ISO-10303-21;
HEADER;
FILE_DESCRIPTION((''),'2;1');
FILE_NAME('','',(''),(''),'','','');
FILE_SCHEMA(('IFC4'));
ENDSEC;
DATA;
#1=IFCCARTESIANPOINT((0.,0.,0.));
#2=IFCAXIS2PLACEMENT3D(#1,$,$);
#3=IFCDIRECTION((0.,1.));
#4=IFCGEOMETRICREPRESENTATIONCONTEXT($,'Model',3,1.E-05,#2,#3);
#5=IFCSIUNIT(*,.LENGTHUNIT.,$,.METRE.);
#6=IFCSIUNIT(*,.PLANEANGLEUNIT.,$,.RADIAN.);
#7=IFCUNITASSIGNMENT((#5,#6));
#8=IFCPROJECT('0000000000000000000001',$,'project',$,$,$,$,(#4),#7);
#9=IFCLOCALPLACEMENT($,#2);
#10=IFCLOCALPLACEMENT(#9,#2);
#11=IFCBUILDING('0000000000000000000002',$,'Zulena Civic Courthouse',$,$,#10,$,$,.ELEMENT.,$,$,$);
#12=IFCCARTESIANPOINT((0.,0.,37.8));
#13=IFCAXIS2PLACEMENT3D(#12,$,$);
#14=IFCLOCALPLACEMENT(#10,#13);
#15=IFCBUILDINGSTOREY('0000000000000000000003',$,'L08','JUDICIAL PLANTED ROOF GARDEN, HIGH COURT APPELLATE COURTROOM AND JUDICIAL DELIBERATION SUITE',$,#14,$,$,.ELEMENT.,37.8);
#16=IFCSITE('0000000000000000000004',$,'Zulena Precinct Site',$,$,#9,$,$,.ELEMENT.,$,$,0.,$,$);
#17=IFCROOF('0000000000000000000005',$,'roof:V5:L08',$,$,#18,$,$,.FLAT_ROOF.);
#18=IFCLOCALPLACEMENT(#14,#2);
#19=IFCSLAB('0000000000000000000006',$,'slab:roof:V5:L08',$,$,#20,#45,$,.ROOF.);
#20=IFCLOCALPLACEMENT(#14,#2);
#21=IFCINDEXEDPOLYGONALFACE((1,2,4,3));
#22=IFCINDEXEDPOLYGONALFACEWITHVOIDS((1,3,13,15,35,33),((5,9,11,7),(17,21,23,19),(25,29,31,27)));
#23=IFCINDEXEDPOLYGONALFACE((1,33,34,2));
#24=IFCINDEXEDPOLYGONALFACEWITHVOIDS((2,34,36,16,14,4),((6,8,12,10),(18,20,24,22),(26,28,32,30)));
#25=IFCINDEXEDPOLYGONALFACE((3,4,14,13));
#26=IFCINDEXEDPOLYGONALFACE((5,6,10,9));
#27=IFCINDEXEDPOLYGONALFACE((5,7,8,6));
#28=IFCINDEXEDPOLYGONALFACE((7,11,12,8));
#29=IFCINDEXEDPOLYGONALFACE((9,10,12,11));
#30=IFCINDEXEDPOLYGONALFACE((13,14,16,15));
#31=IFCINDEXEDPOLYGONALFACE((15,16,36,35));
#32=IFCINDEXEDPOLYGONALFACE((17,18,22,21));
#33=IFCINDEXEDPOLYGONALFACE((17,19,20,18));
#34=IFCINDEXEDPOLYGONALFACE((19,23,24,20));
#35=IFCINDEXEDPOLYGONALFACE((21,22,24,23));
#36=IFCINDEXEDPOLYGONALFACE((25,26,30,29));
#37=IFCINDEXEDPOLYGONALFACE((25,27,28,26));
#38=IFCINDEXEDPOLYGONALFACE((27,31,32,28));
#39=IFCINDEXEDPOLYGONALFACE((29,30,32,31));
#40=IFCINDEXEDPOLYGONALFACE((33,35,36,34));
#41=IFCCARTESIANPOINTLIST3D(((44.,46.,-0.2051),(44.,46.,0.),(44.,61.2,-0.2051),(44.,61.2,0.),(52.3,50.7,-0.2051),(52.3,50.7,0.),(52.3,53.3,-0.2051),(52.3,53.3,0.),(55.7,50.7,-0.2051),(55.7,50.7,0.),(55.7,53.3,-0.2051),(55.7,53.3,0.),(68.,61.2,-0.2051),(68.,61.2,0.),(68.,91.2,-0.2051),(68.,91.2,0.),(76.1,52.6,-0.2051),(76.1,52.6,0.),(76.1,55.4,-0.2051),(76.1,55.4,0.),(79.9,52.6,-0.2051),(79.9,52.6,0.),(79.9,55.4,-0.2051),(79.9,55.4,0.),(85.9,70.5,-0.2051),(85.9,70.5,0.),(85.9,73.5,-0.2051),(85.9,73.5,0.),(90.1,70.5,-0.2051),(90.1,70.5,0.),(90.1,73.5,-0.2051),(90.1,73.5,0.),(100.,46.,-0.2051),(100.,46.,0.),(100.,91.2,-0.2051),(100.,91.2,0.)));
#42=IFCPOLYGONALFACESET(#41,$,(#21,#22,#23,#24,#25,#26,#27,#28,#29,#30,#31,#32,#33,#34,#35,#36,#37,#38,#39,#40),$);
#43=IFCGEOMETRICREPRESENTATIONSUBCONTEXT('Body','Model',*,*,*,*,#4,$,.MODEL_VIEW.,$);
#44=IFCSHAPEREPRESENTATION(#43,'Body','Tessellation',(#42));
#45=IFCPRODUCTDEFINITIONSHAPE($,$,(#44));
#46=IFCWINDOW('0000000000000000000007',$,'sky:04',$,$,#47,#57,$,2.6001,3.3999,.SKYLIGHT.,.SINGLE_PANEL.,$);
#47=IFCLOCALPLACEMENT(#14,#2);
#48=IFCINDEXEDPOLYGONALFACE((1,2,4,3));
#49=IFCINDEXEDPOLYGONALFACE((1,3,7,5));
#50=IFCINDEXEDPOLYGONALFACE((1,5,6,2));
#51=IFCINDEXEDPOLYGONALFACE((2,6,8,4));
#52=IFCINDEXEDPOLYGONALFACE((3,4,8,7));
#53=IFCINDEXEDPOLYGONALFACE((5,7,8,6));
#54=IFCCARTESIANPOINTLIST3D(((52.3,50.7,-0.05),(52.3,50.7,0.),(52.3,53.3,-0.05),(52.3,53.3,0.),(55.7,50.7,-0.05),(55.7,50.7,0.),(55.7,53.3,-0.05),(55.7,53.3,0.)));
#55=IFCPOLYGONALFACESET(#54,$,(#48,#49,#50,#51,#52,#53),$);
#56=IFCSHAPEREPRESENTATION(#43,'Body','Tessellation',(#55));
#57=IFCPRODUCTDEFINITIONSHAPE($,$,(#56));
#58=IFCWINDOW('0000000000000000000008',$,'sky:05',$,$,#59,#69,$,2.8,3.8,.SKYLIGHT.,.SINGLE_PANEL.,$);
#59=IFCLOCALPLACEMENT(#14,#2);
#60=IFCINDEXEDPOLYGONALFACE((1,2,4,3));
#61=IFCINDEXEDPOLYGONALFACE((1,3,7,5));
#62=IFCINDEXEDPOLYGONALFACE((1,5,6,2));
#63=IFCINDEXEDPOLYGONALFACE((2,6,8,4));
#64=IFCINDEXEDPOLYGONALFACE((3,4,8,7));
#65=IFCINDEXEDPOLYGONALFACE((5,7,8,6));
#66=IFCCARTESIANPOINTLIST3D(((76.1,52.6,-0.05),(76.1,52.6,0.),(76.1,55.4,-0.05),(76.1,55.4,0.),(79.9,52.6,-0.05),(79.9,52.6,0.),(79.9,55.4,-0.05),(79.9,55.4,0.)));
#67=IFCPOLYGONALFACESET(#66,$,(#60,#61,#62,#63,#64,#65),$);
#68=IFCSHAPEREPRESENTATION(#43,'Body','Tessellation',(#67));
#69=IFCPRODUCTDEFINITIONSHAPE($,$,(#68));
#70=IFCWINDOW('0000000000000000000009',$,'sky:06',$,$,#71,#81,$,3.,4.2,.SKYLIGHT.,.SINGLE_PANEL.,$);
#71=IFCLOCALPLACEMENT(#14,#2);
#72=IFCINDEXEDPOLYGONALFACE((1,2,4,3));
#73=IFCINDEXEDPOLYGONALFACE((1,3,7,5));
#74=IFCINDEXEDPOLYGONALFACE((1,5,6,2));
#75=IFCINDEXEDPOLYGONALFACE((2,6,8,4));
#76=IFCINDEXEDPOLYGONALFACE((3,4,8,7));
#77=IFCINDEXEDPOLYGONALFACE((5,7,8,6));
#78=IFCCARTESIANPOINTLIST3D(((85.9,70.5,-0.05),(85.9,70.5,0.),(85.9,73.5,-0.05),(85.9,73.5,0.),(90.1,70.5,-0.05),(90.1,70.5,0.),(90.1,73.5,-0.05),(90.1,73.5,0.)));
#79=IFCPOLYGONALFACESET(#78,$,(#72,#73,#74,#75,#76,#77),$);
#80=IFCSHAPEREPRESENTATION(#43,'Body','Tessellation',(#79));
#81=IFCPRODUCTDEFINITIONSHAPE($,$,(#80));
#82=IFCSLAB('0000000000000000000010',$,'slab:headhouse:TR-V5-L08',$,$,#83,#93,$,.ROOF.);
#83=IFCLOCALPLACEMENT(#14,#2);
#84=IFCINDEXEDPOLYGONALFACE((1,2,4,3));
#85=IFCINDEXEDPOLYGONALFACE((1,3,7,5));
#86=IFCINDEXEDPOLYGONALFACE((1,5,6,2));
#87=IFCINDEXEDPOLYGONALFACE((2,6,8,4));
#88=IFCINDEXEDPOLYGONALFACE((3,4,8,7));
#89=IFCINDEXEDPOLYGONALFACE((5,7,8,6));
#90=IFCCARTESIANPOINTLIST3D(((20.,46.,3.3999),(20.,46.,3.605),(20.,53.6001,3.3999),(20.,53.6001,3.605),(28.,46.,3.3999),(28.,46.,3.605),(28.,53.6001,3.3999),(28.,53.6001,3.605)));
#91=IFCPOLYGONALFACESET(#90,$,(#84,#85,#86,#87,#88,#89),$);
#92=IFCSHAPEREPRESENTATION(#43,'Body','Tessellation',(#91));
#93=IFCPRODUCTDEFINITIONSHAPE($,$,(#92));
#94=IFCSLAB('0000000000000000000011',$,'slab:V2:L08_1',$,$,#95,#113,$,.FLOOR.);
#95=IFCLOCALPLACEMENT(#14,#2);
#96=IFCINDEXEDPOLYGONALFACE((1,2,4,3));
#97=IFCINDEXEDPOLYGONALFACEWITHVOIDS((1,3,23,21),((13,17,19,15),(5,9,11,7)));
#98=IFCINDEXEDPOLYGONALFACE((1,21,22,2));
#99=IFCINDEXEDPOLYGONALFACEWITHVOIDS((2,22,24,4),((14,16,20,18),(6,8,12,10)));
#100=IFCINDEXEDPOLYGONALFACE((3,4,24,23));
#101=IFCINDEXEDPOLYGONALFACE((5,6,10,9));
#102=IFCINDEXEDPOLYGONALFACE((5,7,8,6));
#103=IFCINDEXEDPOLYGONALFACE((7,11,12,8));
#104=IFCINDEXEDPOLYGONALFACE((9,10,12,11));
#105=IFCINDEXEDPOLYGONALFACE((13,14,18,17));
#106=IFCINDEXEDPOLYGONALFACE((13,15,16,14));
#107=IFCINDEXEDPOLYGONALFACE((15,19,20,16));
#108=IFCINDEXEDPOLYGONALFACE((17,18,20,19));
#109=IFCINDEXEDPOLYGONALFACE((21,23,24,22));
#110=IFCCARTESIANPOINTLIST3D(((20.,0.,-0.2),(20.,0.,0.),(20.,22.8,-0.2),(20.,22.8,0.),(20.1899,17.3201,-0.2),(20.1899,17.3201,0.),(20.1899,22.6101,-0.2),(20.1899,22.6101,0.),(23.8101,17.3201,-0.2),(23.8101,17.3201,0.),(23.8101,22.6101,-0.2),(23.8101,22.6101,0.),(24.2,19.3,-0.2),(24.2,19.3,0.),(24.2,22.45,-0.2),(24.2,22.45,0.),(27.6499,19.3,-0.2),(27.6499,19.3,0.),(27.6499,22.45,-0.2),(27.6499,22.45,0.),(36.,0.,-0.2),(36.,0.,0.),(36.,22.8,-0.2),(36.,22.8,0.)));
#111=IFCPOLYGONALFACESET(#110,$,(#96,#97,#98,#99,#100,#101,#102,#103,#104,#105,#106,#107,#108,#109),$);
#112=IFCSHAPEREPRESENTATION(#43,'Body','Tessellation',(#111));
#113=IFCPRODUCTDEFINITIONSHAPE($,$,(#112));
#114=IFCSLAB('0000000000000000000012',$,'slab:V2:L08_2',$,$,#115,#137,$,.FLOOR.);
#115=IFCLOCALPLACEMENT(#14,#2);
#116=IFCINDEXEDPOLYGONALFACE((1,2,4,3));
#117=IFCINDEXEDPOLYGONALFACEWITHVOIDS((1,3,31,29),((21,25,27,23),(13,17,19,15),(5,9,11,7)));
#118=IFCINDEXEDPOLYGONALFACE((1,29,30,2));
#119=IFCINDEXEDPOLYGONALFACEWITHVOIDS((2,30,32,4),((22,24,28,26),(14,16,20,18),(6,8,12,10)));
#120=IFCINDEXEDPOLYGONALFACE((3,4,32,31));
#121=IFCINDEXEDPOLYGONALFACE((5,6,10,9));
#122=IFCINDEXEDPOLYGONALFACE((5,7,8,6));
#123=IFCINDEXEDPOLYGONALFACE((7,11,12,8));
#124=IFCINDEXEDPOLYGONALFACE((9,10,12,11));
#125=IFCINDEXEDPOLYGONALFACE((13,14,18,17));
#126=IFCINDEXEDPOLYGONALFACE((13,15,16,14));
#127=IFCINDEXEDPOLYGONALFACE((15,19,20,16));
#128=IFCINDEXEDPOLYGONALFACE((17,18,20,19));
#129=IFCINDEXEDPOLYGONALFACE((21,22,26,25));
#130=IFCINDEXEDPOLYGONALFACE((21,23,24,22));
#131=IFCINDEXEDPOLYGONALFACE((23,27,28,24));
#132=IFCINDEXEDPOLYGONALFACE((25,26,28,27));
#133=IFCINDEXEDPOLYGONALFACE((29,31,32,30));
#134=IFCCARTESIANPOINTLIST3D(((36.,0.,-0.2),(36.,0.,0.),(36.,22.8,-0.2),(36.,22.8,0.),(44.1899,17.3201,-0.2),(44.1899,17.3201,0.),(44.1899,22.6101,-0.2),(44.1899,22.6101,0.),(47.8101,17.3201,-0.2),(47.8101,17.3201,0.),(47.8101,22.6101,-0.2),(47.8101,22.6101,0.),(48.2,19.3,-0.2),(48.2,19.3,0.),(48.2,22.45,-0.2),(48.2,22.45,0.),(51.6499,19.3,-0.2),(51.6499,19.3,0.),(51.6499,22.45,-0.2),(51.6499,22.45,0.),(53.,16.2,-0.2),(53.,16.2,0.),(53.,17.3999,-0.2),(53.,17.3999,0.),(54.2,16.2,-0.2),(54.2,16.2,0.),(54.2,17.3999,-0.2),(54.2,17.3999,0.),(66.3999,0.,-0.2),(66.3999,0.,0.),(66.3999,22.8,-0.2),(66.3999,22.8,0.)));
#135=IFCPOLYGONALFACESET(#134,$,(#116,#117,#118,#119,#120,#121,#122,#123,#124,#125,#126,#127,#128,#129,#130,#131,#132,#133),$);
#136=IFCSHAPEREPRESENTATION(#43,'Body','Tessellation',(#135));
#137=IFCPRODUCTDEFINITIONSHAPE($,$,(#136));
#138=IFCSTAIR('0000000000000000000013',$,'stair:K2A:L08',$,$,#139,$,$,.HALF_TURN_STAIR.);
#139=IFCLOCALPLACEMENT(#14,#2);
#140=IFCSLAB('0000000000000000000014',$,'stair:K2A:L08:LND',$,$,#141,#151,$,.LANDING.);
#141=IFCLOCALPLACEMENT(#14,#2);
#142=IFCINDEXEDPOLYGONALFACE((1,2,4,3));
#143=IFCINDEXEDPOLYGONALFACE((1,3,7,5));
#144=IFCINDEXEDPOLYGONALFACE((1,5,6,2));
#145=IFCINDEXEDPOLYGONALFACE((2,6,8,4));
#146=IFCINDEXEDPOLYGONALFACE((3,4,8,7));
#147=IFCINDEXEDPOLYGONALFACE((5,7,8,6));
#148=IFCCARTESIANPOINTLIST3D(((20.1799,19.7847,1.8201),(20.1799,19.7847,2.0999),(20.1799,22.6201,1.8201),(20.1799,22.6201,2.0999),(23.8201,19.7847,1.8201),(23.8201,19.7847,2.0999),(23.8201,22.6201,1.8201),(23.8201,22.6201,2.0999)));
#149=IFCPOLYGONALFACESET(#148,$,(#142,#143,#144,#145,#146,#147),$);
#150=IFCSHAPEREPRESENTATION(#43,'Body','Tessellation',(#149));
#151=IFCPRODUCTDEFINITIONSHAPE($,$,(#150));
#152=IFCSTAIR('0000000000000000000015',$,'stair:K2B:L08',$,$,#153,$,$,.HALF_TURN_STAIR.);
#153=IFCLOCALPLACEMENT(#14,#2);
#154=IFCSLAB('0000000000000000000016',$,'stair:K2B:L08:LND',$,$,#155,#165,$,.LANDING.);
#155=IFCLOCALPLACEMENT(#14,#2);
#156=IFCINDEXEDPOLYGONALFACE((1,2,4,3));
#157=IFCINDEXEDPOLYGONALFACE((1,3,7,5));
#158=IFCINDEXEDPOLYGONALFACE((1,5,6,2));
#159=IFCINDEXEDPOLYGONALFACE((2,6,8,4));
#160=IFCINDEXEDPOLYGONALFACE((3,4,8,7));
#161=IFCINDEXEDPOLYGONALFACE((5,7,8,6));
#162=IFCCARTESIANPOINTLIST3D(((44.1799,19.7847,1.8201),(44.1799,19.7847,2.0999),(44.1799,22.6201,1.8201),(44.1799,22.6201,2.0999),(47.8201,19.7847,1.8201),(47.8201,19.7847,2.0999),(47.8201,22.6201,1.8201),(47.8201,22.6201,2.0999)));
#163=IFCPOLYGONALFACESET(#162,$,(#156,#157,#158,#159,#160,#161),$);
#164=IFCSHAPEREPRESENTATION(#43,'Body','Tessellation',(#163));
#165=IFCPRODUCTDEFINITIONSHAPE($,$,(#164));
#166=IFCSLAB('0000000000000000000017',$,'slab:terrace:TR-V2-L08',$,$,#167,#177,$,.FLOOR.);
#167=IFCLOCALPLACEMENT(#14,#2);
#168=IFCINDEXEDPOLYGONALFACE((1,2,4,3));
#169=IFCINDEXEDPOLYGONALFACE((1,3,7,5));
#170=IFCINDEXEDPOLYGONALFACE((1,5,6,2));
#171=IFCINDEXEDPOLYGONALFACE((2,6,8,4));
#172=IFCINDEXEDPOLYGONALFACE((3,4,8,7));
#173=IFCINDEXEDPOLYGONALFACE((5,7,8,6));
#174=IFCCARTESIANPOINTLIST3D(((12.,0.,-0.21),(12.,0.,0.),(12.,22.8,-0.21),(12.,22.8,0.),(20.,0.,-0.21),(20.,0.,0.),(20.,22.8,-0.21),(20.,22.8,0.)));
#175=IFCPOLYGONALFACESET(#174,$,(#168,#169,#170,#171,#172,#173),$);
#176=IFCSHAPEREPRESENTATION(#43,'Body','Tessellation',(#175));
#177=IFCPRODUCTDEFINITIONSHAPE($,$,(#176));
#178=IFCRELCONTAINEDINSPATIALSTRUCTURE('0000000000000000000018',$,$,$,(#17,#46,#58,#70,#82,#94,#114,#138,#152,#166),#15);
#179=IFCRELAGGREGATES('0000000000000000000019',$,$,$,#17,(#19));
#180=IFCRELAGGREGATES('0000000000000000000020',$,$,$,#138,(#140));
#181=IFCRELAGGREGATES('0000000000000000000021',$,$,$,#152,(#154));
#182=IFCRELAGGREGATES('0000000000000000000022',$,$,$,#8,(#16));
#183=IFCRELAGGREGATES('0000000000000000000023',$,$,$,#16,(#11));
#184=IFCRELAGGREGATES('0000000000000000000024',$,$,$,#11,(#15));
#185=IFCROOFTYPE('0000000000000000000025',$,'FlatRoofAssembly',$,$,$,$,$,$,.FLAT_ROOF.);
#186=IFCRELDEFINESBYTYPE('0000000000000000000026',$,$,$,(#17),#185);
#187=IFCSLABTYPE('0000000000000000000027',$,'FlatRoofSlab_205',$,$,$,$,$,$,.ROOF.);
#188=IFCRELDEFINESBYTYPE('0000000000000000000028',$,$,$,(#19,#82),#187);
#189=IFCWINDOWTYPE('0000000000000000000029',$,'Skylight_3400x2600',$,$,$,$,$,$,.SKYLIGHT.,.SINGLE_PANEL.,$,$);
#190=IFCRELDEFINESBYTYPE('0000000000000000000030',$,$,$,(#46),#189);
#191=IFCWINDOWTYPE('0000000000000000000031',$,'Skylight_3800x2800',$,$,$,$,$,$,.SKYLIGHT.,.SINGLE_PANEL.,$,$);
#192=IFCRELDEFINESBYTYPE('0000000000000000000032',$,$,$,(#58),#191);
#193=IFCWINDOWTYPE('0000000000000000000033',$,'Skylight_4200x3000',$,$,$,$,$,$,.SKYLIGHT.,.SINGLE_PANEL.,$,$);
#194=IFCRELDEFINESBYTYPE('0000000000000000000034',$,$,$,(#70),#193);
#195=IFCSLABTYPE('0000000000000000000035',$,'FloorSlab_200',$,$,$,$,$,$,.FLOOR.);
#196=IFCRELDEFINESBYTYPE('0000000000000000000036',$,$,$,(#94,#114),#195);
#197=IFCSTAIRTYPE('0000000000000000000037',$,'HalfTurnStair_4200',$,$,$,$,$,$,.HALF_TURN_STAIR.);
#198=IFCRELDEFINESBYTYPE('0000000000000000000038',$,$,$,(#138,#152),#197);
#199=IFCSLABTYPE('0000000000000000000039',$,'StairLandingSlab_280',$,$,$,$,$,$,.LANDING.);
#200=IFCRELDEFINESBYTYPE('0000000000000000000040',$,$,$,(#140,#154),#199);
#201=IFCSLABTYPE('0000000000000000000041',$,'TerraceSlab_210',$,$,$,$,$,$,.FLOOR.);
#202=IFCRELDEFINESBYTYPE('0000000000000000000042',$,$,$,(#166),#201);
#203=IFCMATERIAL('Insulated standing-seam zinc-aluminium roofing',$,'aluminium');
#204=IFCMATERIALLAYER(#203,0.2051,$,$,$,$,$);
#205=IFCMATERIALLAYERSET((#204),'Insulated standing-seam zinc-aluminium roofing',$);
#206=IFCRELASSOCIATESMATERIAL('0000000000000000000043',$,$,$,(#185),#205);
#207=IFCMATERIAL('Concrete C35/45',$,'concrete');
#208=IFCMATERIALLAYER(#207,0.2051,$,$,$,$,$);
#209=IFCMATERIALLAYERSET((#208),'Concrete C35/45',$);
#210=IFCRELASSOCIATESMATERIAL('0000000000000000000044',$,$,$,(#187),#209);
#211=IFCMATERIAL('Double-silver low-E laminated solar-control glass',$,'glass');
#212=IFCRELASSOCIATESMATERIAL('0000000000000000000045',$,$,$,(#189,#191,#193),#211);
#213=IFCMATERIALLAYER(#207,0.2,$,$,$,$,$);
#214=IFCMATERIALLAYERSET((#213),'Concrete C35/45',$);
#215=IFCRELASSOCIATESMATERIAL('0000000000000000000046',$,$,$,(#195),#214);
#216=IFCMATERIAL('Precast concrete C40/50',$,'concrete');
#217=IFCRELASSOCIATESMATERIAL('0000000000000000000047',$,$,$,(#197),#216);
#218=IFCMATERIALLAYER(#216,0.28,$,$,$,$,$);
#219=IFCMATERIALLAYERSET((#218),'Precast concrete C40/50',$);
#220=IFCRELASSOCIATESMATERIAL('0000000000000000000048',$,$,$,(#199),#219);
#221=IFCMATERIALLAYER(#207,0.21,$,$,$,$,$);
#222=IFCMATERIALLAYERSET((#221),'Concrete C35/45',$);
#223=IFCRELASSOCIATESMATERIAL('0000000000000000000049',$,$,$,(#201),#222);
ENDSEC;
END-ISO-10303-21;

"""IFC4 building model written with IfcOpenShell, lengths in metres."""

from ifc_helpers import new_model, si_unit, direction, frame, origin, origin_2d, place, context, subcontext, project, spatial, polyline, rectangle, outline, extrude, material, layer, layer_set, type_object, element, fill, aggregate, save


model = new_model("IFC4")

# Units and contexts
model_context = context("Model", 3, precision=1e-05, world=origin(), true_north=direction((0.0, 1.0)))
body_context = subcontext(model_context, "Body", "Model", "MODEL_VIEW")
ifc_project = project(units=[si_unit("LENGTHUNIT", "METRE"), si_unit("PLANEANGLEUNIT", "RADIAN")], contexts=[model_context])

# Site, building, storey
site_placement = place(None, origin())
site = spatial("IfcSite", under=ifc_project, at=site_placement, Name="Zulena Precinct Site", CompositionType="ELEMENT", RefElevation=0.0)
building_placement = place(site_placement, origin())
building = spatial("IfcBuilding", under=site, at=building_placement, Name="Zulena Civic Courthouse", CompositionType="ELEMENT")
storey_placement = place(building_placement, frame((0.0, 0.0, 37.8)))
storey = spatial("IfcBuildingStorey", under=building, at=storey_placement, Name="L08", Description="JUDICIAL PLANTED ROOF GARDEN, HIGH COURT APPELLATE COURTROOM AND JUDICIAL DELIBERATION SUITE", CompositionType="ELEMENT", Elevation=37.8)

# Shared definitions
ifc_material_1 = material(Name="Double-silver low-E laminated solar-control glass", Category="glass")

# Roof, slab, openings, windows
ifc_material_2 = material(Name="Insulated standing-seam zinc-aluminium roofing", Category="aluminium")
ifc_layer_1 = layer(ifc_material_2, 0.2051)
ifc_layer_set_1 = layer_set([ifc_layer_1], Name="Insulated standing-seam zinc-aluminium roofing")
roof_type = type_object("IfcRoofType", Name="FlatRoofAssembly", PredefinedType="FLAT_ROOF", material=ifc_layer_set_1)
roof_placement = place(storey_placement, origin())
roof = element("IfcRoof", 1, at=roof_placement, inside=storey, type_object=roof_type, Name="roof:V5:L08", PredefinedType="FLAT_ROOF")
ifc_material_3 = material(Name="Concrete C35/45", Category="concrete")
ifc_layer_2 = layer(ifc_material_3, 0.2051)
ifc_layer_set_2 = layer_set([ifc_layer_2], Name="Concrete C35/45")
slab_type_1 = type_object("IfcSlabType", Name="FlatRoofSlab_205", PredefinedType="ROOF", material=ifc_layer_set_2)
slab_1_placement = place(storey_placement, frame((0.0, 0.0, -0.2051)))
slab_1 = element("IfcSlab", 2, at=slab_1_placement, type_object=slab_type_1, Name="slab:roof:V5:L08", PredefinedType="ROOF", context=body_context, shape_type="SweptSolid", body=[
    extrude(outline(polyline([(44.0, 46.0), (100.0, 46.0), (100.0, 91.2), (68.0, 91.2), (68.0, 61.2), (44.0, 61.2), (44.0, 46.0)])), origin(), (0.0, 0.0, 1.0), 0.2051),
])
opening_1_placement = place(slab_1_placement, frame((54.0, 52.0, 0.0)))
opening_1 = element("IfcOpeningElement", 3, at=opening_1_placement, cuts=slab_1, PredefinedType="OPENING", context=body_context, shape_type="SweptSolid", body=[
    extrude(rectangle(XDim=3.3999, YDim=2.6001, at=origin_2d()), origin(), (0.0, 0.0, 1.0), 0.2051),
])
opening_2_placement = place(slab_1_placement, frame((78.0, 54.0, 0.0)))
opening_2 = element("IfcOpeningElement", 4, at=opening_2_placement, cuts=slab_1, PredefinedType="OPENING", context=body_context, shape_type="SweptSolid", body=[
    extrude(rectangle(XDim=3.8, YDim=2.8, at=origin_2d()), origin(), (0.0, 0.0, 1.0), 0.2051),
])
opening_3_placement = place(slab_1_placement, frame((88.0, 72.0, 0.0)))
opening_3 = element("IfcOpeningElement", 5, at=opening_3_placement, cuts=slab_1, PredefinedType="OPENING", context=body_context, shape_type="SweptSolid", body=[
    extrude(rectangle(XDim=4.2, YDim=3.0, at=origin_2d()), origin(), (0.0, 0.0, 1.0), 0.2051),
])
window_type_1 = type_object("IfcWindowType", Name="Skylight_3400x2600", PartitioningType="SINGLE_PANEL", PredefinedType="SKYLIGHT", material=ifc_material_1)
window_1_placement = place(opening_1_placement, frame((0.0, 0.0, 0.155)))
window_1 = element("IfcWindow", 6, at=window_1_placement, inside=storey, type_object=window_type_1, Name="sky:04", OverallHeight=2.6001, OverallWidth=3.3999, PartitioningType="SINGLE_PANEL", PredefinedType="SKYLIGHT", context=body_context, shape_type="SweptSolid", body=[
    extrude(rectangle(XDim=3.3999, YDim=2.6001, at=origin_2d()), origin(), (0.0, 0.0, 1.0), 0.05),
])
fill(opening_1, window_1)
window_type_2 = type_object("IfcWindowType", Name="Skylight_3800x2800", PartitioningType="SINGLE_PANEL", PredefinedType="SKYLIGHT", material=ifc_material_1)
window_2_placement = place(opening_2_placement, frame((0.0, 0.0, 0.155)))
window_2 = element("IfcWindow", 7, at=window_2_placement, inside=storey, type_object=window_type_2, Name="sky:05", OverallHeight=2.8, OverallWidth=3.8, PartitioningType="SINGLE_PANEL", PredefinedType="SKYLIGHT", context=body_context, shape_type="SweptSolid", body=[
    extrude(rectangle(XDim=3.8, YDim=2.8, at=origin_2d()), origin(), (0.0, 0.0, 1.0), 0.05),
])
fill(opening_2, window_2)
window_type_3 = type_object("IfcWindowType", Name="Skylight_4200x3000", PartitioningType="SINGLE_PANEL", PredefinedType="SKYLIGHT", material=ifc_material_1)
window_3_placement = place(opening_3_placement, frame((0.0, 0.0, 0.155)))
window_3 = element("IfcWindow", 8, at=window_3_placement, inside=storey, type_object=window_type_3, Name="sky:06", OverallHeight=3.0, OverallWidth=4.2, PartitioningType="SINGLE_PANEL", PredefinedType="SKYLIGHT", context=body_context, shape_type="SweptSolid", body=[
    extrude(rectangle(XDim=4.2, YDim=3.0, at=origin_2d()), origin(), (0.0, 0.0, 1.0), 0.05),
])
fill(opening_3, window_3)
aggregate(roof, [slab_1])

# Slabs
slab_2_placement = place(storey_placement, frame((0.0, 0.0, 3.3999)))
element("IfcSlab", 9, at=slab_2_placement, inside=storey, type_object=slab_type_1, Name="slab:headhouse:TR-V5-L08", PredefinedType="ROOF", context=body_context, shape_type="SweptSolid", body=[
    extrude(outline(polyline([(20.0, 46.0), (28.0, 46.0), (28.0, 53.6001), (20.0, 53.6001), (20.0, 46.0)])), origin(), (0.0, 0.0, 1.0), 0.2051),
])
ifc_layer_3 = layer(ifc_material_3, 0.2)
ifc_layer_set_3 = layer_set([ifc_layer_3], Name="Concrete C35/45")
slab_type_2 = type_object("IfcSlabType", Name="FloorSlab_200", PredefinedType="FLOOR", material=ifc_layer_set_3)
slab_3_placement = place(storey_placement, frame((0.0, 0.0, -0.2)))
element("IfcSlab", 10, at=slab_3_placement, inside=storey, type_object=slab_type_2, Name="slab:V2:L08_1", PredefinedType="FLOOR", context=body_context, shape_type="SweptSolid", body=[
    extrude(outline(polyline([(36.0, 22.8), (36.0, 0.0), (20.0, 0.0), (20.0, 22.8), (36.0, 22.8)]), holes=[polyline([(23.8101, 22.6101), (20.1899, 22.6101), (20.1899, 17.3201), (23.8101, 17.3201), (23.8101, 22.6101)]), polyline([(27.6499, 19.3), (27.6499, 22.45), (24.2, 22.45), (24.2, 19.3), (27.6499, 19.3)])]), origin(), (0.0, 0.0, 1.0), 0.2),
])
slab_4_placement = place(storey_placement, frame((0.0, 0.0, -0.2)))
element("IfcSlab", 11, at=slab_4_placement, inside=storey, type_object=slab_type_2, Name="slab:V2:L08_2", PredefinedType="FLOOR", context=body_context, shape_type="SweptSolid", body=[
    extrude(outline(polyline([(66.3999, 22.8), (66.3999, 0.0), (36.0, 0.0), (36.0, 22.8), (66.3999, 22.8)]), holes=[polyline([(44.1899, 17.3201), (47.8101, 17.3201), (47.8101, 22.6101), (44.1899, 22.6101), (44.1899, 17.3201)]), polyline([(48.2, 22.45), (48.2, 19.3), (51.6499, 19.3), (51.6499, 22.45), (48.2, 22.45)]), polyline([(54.2, 17.3999), (53.0, 17.3999), (53.0, 16.2), (54.2, 16.2), (54.2, 17.3999)])]), origin(), (0.0, 0.0, 1.0), 0.2),
])

# Stairs, slabs
ifc_material_4 = material(Name="Precast concrete C40/50", Category="concrete")
stair_type = type_object("IfcStairType", Name="HalfTurnStair_4200", PredefinedType="HALF_TURN_STAIR", material=ifc_material_4)
stair_1_placement = place(storey_placement, origin())
stair_1 = element("IfcStair", 12, at=stair_1_placement, inside=storey, type_object=stair_type, Name="stair:K2A:L08", PredefinedType="HALF_TURN_STAIR")
ifc_layer_4 = layer(ifc_material_4, 0.28)
ifc_layer_set_4 = layer_set([ifc_layer_4], Name="Precast concrete C40/50")
slab_type_3 = type_object("IfcSlabType", Name="StairLandingSlab_280", PredefinedType="LANDING", material=ifc_layer_set_4)
slab_5_placement = place(storey_placement, frame((0.0, 0.0, 1.8201)))
slab_5 = element("IfcSlab", 13, at=slab_5_placement, type_object=slab_type_3, Name="stair:K2A:L08:LND", PredefinedType="LANDING", context=body_context, shape_type="SweptSolid", body=[
    extrude(outline(polyline([(20.1799, 19.7847), (23.8201, 19.7847), (23.8201, 22.6201), (20.1799, 22.6201), (20.1799, 19.7847)])), origin(), (0.0, 0.0, 1.0), 0.2798),
])
aggregate(stair_1, [slab_5])
stair_2_placement = place(storey_placement, origin())
stair_2 = element("IfcStair", 14, at=stair_2_placement, inside=storey, type_object=stair_type, Name="stair:K2B:L08", PredefinedType="HALF_TURN_STAIR")
slab_6_placement = place(storey_placement, frame((0.0, 0.0, 1.8201)))
slab_6 = element("IfcSlab", 15, at=slab_6_placement, type_object=slab_type_3, Name="stair:K2B:L08:LND", PredefinedType="LANDING", context=body_context, shape_type="SweptSolid", body=[
    extrude(outline(polyline([(44.1799, 19.7847), (47.8201, 19.7847), (47.8201, 22.6201), (44.1799, 22.6201), (44.1799, 19.7847)])), origin(), (0.0, 0.0, 1.0), 0.2798),
])
aggregate(stair_2, [slab_6])

# Slab
ifc_layer_5 = layer(ifc_material_3, 0.21)
ifc_layer_set_5 = layer_set([ifc_layer_5], Name="Concrete C35/45")
slab_type_4 = type_object("IfcSlabType", Name="TerraceSlab_210", PredefinedType="FLOOR", material=ifc_layer_set_5)
slab_7_placement = place(storey_placement, frame((0.0, 0.0, -0.21)))
element("IfcSlab", 16, at=slab_7_placement, inside=storey, type_object=slab_type_4, Name="slab:terrace:TR-V2-L08", PredefinedType="FLOOR", context=body_context, shape_type="SweptSolid", body=[
    extrude(outline(polyline([(12.0, 0.0), (20.0, 0.0), (20.0, 22.8), (12.0, 22.8), (12.0, 0.0)])), origin(), (0.0, 0.0, 1.0), 0.21),
])

save(model, "model.ifc")
